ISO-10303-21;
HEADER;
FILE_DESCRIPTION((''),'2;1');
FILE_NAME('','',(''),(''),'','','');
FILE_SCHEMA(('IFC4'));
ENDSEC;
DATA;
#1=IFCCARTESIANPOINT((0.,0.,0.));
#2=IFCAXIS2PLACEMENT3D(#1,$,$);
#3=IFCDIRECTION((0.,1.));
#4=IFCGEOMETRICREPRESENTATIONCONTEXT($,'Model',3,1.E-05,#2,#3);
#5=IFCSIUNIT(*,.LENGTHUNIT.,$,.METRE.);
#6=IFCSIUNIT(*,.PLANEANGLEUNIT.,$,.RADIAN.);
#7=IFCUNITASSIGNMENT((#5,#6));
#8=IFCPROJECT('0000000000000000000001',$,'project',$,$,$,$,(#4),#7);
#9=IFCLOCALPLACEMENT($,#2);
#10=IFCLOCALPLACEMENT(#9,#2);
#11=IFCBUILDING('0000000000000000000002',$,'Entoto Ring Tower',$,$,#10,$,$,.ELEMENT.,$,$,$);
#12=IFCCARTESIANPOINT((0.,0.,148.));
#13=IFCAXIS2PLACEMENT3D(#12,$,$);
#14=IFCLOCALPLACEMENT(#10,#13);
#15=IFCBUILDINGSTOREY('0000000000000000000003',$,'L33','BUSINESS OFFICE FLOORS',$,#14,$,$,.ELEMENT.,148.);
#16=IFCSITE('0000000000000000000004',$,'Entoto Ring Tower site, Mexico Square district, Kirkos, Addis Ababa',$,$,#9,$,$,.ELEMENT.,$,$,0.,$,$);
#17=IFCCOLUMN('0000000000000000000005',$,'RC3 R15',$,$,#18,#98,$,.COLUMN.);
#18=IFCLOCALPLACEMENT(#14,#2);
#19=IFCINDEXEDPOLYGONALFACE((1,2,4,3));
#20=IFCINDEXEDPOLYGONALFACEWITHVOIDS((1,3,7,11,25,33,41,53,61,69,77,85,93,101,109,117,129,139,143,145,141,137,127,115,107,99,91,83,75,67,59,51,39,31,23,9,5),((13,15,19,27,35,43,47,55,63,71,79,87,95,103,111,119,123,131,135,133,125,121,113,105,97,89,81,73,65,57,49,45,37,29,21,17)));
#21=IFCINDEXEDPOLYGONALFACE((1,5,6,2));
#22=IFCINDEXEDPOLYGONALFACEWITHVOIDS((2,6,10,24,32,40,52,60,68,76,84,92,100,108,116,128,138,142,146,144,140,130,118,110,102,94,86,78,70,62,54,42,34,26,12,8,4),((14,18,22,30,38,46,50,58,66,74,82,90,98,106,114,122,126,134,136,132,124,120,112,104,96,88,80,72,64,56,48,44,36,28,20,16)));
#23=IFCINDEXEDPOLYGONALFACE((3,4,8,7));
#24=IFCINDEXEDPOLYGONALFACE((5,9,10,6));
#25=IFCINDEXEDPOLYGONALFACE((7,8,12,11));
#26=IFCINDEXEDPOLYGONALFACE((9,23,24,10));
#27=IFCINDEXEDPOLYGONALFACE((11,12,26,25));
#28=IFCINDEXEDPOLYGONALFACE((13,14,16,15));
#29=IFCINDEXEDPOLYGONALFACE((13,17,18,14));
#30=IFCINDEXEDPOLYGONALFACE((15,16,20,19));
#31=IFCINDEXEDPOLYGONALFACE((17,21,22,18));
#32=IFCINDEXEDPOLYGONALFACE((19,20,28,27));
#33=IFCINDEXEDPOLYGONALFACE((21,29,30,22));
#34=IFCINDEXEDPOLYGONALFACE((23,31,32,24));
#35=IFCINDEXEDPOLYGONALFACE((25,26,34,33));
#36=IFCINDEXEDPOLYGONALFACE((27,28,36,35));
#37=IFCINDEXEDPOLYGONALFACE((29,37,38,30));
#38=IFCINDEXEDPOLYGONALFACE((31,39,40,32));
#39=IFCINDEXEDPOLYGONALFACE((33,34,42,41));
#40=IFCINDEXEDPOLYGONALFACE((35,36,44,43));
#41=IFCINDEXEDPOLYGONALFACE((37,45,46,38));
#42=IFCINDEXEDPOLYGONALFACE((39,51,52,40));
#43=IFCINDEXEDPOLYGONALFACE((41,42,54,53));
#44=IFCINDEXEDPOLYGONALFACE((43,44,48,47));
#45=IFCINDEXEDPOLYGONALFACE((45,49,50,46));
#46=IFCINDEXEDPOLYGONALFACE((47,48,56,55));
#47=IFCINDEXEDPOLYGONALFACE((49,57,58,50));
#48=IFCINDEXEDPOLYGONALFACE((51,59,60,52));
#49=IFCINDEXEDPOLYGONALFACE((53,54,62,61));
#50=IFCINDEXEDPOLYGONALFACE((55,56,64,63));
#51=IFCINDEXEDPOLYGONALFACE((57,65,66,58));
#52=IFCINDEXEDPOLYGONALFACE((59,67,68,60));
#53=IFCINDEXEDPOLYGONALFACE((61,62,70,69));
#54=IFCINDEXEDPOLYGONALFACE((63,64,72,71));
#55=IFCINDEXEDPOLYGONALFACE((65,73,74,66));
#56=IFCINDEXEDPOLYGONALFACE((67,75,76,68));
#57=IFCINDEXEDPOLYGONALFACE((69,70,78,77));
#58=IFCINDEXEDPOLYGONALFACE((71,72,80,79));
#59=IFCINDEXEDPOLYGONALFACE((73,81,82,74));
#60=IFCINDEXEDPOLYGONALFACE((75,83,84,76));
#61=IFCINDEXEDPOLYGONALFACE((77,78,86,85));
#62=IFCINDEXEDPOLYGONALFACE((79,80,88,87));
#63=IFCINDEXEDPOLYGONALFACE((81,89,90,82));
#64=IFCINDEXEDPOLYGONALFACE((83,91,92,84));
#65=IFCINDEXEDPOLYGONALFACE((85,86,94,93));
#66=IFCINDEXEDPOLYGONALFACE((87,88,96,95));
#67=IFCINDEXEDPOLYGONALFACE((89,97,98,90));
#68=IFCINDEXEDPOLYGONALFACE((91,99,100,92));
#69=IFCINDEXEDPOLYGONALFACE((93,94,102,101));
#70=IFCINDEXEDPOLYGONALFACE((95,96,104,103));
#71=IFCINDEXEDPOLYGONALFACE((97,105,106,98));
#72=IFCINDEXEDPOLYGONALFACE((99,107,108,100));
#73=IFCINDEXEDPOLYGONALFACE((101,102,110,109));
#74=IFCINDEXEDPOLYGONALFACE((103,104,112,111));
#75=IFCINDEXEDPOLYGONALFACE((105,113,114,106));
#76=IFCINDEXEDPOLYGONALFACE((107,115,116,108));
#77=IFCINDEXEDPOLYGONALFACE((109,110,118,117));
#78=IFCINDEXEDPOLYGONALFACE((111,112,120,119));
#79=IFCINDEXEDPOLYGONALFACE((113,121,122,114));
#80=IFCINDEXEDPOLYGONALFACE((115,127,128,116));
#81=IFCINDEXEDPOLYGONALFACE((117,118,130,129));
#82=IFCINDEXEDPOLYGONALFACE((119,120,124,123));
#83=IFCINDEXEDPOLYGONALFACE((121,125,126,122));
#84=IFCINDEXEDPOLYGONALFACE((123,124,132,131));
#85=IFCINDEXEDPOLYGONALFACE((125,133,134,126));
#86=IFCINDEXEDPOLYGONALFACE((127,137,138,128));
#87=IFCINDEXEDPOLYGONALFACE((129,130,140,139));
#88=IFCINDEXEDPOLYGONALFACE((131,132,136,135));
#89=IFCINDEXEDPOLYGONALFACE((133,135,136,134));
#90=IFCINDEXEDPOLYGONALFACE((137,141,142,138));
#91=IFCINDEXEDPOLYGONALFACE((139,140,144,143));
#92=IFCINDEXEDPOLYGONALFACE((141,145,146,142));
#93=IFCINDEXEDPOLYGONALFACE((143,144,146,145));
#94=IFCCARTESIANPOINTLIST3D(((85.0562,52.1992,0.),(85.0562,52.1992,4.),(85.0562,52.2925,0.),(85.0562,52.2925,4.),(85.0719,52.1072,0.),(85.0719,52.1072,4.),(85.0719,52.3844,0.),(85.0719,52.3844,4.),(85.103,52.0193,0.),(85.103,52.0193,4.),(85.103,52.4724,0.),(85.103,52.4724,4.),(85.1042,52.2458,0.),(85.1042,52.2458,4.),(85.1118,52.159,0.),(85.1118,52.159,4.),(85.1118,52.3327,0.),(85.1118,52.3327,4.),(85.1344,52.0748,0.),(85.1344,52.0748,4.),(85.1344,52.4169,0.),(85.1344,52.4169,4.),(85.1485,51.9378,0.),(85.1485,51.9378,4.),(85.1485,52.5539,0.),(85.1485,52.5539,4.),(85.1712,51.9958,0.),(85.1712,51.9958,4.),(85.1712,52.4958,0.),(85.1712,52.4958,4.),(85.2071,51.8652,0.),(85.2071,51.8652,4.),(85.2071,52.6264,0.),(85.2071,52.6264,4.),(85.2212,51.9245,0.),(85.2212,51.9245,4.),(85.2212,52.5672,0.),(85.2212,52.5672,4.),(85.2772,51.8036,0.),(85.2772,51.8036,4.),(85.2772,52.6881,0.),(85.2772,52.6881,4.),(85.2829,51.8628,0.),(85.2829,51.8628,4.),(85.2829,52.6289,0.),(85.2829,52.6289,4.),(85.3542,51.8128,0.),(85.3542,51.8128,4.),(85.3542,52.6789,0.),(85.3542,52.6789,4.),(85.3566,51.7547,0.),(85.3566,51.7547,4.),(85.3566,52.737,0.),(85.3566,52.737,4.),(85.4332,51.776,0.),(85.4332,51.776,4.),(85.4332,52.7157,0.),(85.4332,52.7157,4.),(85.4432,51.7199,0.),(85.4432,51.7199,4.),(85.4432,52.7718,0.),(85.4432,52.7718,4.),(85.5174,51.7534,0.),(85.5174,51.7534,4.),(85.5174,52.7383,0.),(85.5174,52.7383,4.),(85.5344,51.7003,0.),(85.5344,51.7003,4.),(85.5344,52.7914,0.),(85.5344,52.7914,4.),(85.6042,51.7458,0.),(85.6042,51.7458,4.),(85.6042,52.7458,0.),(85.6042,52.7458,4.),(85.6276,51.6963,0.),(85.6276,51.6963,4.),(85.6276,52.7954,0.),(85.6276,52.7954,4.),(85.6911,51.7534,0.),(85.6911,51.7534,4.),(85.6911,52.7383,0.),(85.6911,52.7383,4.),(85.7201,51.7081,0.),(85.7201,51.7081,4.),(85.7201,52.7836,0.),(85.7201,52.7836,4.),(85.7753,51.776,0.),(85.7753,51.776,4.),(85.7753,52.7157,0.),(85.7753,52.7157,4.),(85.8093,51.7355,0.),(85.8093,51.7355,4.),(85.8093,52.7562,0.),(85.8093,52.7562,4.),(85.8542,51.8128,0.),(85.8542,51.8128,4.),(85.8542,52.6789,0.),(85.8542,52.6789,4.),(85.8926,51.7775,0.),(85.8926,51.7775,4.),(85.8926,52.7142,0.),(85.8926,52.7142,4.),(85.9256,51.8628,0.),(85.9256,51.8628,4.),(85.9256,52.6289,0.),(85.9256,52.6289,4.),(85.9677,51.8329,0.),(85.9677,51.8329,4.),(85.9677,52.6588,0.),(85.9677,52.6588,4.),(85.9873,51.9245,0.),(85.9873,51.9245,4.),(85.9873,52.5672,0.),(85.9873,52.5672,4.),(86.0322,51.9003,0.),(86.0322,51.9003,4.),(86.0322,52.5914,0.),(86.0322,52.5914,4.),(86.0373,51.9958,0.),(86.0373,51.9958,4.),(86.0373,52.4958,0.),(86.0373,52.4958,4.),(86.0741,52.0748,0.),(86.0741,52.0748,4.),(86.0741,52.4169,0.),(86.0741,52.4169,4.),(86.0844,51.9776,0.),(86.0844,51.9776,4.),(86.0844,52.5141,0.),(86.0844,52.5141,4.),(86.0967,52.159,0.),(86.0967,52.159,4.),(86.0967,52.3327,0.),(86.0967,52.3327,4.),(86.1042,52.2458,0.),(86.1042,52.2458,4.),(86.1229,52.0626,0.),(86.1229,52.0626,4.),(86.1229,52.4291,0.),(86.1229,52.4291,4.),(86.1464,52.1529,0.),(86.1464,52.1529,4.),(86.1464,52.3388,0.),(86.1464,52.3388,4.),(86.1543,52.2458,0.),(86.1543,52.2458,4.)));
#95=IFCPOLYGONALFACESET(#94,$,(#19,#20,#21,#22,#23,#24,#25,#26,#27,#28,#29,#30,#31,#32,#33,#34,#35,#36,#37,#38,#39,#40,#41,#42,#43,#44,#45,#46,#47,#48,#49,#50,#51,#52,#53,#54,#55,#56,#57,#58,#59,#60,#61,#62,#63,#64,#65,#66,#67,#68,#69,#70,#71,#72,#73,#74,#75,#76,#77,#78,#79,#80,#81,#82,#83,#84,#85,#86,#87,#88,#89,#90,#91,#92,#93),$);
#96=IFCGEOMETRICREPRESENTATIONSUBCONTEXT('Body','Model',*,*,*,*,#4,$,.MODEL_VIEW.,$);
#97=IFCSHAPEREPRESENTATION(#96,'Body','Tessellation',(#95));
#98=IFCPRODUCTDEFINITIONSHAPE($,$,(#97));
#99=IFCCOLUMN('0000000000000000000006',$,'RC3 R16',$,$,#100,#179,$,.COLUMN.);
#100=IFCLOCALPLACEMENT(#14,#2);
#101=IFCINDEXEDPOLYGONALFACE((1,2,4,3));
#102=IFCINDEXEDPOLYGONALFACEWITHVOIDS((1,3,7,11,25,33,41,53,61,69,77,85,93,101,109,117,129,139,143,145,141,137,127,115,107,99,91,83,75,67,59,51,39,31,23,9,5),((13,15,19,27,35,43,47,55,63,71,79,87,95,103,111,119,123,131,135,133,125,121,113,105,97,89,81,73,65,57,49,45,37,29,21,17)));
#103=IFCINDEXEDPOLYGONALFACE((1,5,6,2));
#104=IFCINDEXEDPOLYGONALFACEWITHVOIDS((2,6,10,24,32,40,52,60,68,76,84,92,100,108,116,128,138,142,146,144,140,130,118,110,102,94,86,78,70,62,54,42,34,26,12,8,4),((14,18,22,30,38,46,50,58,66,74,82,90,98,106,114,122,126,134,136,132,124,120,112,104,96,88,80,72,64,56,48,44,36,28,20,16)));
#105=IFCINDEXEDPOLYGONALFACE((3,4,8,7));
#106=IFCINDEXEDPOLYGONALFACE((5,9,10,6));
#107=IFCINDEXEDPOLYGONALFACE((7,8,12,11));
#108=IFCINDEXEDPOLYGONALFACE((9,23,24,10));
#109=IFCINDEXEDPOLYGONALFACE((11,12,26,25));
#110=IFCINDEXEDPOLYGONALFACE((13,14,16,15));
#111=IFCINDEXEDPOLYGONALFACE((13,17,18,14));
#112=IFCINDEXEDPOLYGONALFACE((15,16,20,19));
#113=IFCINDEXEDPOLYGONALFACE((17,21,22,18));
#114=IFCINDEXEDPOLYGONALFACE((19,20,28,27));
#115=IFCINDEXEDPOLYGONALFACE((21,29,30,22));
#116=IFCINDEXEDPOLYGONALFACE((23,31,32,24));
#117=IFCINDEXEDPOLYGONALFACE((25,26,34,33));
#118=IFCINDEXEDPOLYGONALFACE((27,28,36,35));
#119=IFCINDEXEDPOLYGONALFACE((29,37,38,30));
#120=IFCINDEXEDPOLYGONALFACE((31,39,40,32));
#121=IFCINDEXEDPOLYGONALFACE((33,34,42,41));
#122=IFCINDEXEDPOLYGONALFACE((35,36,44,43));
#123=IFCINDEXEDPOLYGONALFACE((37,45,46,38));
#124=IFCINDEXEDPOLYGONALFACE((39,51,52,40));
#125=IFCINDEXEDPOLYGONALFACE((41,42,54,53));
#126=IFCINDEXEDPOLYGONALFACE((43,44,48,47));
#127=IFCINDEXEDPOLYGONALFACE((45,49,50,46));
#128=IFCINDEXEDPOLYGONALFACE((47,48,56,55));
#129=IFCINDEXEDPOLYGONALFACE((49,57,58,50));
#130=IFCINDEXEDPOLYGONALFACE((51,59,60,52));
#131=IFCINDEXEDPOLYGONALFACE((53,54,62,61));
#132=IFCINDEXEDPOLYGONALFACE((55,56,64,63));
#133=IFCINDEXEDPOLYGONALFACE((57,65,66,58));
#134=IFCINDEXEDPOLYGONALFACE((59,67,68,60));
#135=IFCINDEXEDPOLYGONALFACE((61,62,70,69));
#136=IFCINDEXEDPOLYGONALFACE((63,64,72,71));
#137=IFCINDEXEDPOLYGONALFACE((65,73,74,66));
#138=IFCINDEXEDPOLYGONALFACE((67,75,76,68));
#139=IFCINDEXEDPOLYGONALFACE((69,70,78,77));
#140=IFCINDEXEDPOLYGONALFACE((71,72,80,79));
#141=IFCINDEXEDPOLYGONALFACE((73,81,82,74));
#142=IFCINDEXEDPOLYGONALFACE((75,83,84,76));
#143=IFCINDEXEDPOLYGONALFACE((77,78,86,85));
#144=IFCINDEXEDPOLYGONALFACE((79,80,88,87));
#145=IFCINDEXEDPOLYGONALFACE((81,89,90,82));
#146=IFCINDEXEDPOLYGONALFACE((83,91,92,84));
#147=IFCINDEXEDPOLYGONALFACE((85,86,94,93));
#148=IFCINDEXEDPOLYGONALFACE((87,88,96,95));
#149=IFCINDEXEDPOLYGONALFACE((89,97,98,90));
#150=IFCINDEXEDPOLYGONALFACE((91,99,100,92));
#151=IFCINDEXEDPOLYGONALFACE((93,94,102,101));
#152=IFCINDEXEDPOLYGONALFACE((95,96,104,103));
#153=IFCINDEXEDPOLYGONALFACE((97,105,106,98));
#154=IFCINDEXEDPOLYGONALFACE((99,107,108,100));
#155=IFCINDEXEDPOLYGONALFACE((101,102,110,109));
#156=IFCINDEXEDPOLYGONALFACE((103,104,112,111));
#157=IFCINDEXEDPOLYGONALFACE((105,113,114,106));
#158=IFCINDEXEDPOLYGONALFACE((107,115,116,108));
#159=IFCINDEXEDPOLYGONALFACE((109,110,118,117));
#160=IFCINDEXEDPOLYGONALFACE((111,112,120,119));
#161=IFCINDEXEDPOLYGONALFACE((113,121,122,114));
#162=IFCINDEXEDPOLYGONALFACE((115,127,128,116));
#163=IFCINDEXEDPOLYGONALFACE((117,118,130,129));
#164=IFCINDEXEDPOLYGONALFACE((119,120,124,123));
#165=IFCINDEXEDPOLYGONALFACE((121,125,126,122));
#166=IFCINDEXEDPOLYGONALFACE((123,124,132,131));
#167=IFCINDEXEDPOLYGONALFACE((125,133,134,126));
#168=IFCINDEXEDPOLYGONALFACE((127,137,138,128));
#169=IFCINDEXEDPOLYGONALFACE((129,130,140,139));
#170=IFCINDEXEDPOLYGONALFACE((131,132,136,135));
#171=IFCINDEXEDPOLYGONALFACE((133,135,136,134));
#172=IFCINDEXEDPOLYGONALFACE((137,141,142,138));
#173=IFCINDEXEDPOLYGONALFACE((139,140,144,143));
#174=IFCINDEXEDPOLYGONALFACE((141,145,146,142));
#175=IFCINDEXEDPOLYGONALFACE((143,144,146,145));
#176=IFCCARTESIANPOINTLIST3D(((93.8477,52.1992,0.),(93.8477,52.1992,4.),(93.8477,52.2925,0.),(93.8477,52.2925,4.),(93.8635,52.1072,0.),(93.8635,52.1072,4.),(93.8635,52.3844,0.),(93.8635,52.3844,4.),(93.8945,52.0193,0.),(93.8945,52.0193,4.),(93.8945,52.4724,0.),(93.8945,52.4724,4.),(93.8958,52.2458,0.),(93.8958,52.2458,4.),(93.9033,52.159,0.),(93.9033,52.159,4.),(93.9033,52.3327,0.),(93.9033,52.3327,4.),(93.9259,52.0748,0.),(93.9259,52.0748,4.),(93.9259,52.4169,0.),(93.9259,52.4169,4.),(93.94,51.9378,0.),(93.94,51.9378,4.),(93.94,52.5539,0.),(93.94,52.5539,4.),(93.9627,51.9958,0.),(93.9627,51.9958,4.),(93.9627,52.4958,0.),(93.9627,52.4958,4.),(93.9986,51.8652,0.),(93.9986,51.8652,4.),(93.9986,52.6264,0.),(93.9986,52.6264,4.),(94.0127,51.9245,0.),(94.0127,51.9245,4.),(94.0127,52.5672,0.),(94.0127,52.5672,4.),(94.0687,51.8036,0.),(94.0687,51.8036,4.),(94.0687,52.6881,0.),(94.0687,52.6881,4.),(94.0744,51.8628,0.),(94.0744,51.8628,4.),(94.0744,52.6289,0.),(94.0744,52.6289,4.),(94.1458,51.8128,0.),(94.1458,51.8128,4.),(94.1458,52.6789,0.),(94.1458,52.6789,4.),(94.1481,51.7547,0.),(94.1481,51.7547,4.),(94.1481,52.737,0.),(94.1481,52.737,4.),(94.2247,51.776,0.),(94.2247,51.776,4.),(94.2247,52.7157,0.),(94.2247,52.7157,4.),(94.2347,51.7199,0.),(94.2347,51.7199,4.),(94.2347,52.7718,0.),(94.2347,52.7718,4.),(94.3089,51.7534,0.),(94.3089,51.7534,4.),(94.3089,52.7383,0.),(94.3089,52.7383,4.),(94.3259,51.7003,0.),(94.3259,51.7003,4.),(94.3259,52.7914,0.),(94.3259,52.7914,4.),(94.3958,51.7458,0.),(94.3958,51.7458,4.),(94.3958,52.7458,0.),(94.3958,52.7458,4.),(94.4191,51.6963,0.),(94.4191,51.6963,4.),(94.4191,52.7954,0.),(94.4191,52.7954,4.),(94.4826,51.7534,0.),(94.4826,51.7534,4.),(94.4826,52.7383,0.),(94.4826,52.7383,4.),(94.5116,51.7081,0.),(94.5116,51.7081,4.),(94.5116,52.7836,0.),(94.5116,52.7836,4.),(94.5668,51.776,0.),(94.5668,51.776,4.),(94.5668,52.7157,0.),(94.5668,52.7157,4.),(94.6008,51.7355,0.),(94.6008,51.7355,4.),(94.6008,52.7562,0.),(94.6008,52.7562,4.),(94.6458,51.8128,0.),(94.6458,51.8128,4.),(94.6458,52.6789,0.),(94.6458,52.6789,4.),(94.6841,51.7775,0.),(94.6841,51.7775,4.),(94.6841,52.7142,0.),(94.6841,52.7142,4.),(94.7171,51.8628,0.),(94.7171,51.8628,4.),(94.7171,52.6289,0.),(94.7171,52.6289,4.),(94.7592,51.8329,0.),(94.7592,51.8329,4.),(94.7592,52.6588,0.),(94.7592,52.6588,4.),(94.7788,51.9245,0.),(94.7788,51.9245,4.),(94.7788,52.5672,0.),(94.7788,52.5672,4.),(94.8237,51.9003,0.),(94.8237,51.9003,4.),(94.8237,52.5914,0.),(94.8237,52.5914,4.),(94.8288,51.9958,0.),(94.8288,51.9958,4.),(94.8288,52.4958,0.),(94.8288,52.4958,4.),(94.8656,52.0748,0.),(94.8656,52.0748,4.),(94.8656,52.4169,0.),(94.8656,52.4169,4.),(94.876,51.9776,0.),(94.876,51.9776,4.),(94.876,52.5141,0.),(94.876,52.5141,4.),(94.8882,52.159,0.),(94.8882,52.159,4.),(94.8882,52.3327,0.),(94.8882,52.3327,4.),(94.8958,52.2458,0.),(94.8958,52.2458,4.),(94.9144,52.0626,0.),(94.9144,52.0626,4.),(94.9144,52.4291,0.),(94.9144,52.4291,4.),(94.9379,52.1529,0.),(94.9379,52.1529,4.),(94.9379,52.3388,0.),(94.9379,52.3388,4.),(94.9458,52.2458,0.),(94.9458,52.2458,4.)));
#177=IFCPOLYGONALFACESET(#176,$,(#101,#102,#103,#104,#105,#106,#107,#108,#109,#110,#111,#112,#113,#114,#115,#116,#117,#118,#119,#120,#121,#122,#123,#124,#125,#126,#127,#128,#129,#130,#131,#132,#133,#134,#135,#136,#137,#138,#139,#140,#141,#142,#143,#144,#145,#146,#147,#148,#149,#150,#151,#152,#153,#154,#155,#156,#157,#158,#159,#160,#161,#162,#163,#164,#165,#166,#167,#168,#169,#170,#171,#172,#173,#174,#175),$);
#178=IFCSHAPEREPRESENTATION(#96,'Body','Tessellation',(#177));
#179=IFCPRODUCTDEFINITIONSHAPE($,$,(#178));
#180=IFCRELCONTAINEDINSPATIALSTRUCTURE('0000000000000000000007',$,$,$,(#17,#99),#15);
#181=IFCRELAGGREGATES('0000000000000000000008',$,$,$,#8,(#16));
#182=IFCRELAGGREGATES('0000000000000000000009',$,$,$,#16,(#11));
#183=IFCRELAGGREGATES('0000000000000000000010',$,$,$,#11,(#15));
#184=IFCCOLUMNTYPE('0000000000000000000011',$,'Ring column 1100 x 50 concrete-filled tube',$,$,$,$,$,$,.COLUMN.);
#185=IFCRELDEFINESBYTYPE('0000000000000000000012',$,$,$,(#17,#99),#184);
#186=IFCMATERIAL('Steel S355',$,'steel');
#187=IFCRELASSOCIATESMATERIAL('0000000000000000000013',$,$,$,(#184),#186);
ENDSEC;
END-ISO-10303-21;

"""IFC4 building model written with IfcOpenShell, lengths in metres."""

from ifc_helpers import new_model, si_unit, direction, frame, origin, origin_2d, place, context, subcontext, project, spatial, circle, hollow_circle, extrude, material, material_profile, profile_set, type_object, element, save


model = new_model("IFC4")

# Units and contexts
model_context = context("Model", 3, precision=1e-05, world=origin(), true_north=direction((0.0, 1.0)))
body_context = subcontext(model_context, "Body", "Model", "MODEL_VIEW")
ifc_project = project(units=[si_unit("LENGTHUNIT", "METRE"), si_unit("PLANEANGLEUNIT", "RADIAN")], contexts=[model_context])

# Site, building, storey
site_placement = place(None, origin())
site = spatial("IfcSite", under=ifc_project, at=site_placement, Name="Entoto Ring Tower site, Mexico Square district, Kirkos, Addis Ababa", CompositionType="ELEMENT", RefElevation=0.0)
building_placement = place(site_placement, origin())
building = spatial("IfcBuilding", under=site, at=building_placement, Name="Entoto Ring Tower", CompositionType="ELEMENT")
storey_placement = place(building_placement, frame((0.0, 0.0, 148.0)))
storey = spatial("IfcBuildingStorey", under=building, at=storey_placement, Name="L33", Description="BUSINESS OFFICE FLOORS", CompositionType="ELEMENT", Elevation=148.0)

# Columns
ifc_material_1 = material(Name="Steel S355", Category="steel")
ifc_material_profile_1 = material_profile(ifc_material_1, hollow_circle(Radius=0.55, WallThickness=0.05, at=origin_2d()), Name="CHS 1100 x 50")
ifc_material_2 = material(Name="Concrete C60/75", Category="concrete")
ifc_material_profile_2 = material_profile(ifc_material_2, circle(Radius=0.5, at=origin_2d()), Name="Concrete C60/75 infill")
ifc_profile_set_1 = profile_set([ifc_material_profile_1, ifc_material_profile_2], Name="Steel S355")
column_type = type_object("IfcColumnType", Name="Ring column 1100 x 50 concrete-filled tube", PredefinedType="COLUMN", material=ifc_profile_set_1)
for number, where, z_axis, x_axis, name in (
    (1, (85.6042, 52.2458, 0.0), (0.0, 0.0, 1.0), (1.0, 0.0, 0.0), "RC3 R15"),
    (2, (94.3958, 52.2458, 0.0), (0.0, 0.0, 1.0), (1.0, 0.0, 0.0), "RC3 R16"),
):
    element("IfcColumn", number, at=place(storey_placement, frame(where, z_axis=z_axis, x_axis=x_axis)), inside=storey, type_object=column_type, Name=name, PredefinedType="COLUMN", context=body_context, shape_type="SweptSolid", body=[
        extrude(hollow_circle(Radius=0.55, WallThickness=0.05, at=origin_2d()), origin(), (0.0, 0.0, 1.0), 4.0),
    ])

save(model, "model.ifc")
